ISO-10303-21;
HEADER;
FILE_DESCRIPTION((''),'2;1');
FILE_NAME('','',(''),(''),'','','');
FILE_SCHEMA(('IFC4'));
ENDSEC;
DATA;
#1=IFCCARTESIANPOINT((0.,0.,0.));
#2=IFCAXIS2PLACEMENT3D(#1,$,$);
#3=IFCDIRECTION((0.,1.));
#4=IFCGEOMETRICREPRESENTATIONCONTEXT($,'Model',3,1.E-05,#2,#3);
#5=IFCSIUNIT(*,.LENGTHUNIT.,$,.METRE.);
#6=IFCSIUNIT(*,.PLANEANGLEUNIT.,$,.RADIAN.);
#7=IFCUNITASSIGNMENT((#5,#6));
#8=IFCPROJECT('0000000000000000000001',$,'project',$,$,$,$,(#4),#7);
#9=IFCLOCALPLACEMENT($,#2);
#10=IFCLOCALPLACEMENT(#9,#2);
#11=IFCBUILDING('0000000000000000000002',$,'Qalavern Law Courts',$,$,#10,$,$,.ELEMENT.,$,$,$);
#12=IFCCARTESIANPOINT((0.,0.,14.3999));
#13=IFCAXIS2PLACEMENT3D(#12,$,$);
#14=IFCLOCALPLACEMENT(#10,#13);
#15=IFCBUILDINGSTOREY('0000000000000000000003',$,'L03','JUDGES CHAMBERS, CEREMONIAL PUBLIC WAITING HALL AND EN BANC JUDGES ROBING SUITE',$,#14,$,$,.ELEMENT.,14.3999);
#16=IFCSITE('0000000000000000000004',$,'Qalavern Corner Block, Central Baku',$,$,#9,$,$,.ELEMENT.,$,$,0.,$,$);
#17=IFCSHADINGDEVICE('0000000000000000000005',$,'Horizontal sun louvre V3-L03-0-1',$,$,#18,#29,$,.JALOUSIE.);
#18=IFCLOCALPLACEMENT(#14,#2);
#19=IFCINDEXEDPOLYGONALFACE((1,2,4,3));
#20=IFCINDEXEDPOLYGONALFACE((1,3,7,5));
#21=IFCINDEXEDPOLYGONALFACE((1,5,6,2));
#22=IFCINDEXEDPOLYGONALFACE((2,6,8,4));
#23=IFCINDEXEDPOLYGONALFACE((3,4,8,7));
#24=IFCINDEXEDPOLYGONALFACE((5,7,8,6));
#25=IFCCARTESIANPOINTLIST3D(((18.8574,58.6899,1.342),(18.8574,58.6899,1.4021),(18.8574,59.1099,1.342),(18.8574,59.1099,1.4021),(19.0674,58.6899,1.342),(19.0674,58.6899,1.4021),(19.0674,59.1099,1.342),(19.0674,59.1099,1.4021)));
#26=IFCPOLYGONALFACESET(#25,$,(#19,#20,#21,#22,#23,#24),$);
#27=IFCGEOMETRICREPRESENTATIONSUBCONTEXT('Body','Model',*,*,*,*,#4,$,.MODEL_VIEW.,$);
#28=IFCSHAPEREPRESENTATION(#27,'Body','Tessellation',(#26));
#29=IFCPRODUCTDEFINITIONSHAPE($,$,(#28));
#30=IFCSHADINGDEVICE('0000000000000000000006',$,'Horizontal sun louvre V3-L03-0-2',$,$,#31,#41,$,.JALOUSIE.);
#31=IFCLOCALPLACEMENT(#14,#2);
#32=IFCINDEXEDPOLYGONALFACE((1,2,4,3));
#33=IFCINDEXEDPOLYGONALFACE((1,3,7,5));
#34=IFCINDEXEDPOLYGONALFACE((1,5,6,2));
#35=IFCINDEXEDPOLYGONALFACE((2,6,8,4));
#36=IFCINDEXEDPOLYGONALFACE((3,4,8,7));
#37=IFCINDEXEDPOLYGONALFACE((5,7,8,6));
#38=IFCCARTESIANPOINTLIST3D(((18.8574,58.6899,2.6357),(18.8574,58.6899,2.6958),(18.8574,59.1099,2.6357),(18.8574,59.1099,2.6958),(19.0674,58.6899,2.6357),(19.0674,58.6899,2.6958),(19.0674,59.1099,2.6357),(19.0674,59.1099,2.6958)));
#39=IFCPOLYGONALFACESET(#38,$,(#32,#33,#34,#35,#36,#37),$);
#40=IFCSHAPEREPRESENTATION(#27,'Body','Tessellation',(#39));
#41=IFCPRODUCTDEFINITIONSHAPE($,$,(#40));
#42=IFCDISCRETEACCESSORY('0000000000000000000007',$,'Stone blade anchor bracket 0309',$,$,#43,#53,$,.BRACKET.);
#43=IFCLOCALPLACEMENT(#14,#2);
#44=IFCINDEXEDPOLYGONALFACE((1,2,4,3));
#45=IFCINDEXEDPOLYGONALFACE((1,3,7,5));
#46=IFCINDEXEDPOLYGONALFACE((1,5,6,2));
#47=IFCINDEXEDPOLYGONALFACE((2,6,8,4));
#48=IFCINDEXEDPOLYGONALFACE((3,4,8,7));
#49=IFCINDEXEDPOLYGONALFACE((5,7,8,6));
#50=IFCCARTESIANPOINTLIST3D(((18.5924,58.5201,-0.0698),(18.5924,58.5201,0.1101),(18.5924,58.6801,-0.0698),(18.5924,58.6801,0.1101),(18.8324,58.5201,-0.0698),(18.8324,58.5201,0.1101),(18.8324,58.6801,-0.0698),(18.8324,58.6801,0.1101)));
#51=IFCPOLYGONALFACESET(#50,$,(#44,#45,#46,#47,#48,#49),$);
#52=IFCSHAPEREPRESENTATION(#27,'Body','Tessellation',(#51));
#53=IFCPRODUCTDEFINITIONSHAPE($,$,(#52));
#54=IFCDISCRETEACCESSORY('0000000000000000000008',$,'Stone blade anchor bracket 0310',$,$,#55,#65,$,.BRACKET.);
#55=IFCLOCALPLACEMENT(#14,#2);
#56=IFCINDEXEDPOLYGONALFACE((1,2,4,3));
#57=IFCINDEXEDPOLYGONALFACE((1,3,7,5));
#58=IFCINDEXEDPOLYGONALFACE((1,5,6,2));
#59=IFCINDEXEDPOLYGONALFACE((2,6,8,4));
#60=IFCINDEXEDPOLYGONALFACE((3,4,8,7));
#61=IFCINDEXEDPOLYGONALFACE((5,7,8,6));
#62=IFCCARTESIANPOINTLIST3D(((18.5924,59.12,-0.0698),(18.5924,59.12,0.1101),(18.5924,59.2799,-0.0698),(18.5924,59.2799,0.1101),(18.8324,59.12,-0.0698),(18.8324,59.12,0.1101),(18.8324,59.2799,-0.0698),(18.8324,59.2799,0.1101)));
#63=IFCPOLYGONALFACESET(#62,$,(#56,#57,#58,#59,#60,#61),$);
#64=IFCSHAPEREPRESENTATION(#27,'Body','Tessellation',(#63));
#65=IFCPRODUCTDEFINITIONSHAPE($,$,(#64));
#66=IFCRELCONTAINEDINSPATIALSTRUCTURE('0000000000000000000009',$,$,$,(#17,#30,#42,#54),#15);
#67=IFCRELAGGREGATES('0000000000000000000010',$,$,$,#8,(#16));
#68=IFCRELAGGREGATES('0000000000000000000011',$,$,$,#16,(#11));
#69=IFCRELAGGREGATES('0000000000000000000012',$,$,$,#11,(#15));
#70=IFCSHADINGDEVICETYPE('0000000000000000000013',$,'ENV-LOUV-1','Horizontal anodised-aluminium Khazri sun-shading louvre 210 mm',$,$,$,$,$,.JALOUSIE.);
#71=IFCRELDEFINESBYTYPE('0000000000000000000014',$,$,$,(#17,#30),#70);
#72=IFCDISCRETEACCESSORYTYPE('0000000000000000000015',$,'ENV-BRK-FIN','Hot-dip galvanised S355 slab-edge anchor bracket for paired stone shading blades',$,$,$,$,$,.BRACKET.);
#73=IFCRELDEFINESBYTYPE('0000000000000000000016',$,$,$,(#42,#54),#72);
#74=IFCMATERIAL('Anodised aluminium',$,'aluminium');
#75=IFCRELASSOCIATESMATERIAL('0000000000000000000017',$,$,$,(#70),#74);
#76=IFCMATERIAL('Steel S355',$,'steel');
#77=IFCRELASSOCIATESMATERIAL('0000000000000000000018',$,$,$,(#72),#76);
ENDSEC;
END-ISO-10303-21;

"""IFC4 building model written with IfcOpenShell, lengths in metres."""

from ifc_helpers import new_model, si_unit, direction, frame, origin, origin_2d, place, context, subcontext, project, spatial, rectangle, extrude, material, type_object, element, save


model = new_model("IFC4")

# Units and contexts
model_context = context("Model", 3, precision=1e-05, world=origin(), true_north=direction((0.0, 1.0)))
body_context = subcontext(model_context, "Body", "Model", "MODEL_VIEW")
ifc_project = project(units=[si_unit("LENGTHUNIT", "METRE"), si_unit("PLANEANGLEUNIT", "RADIAN")], contexts=[model_context])

# Site, building, storey
site_placement = place(None, origin())
site = spatial("IfcSite", under=ifc_project, at=site_placement, Name="Qalavern Corner Block, Central Baku", CompositionType="ELEMENT", RefElevation=0.0)
building_placement = place(site_placement, origin())
building = spatial("IfcBuilding", under=site, at=building_placement, Name="Qalavern Law Courts", CompositionType="ELEMENT")
storey_placement = place(building_placement, frame((0.0, 0.0, 14.3999)))
storey = spatial("IfcBuildingStorey", under=building, at=storey_placement, Name="L03", Description="JUDGES CHAMBERS, CEREMONIAL PUBLIC WAITING HALL AND EN BANC JUDGES ROBING SUITE", CompositionType="ELEMENT", Elevation=14.3999)

# Shared definitions
ifc_material_1 = material(Name="Anodised aluminium", Category="aluminium")

# Shared definitions
ifc_material_2 = material(Name="Steel S355", Category="steel")

# Shading devices
shading_device_type = type_object("IfcShadingDeviceType", Name="ENV-LOUV-1", Description="Horizontal anodised-aluminium Khazri sun-shading louvre 210 mm", PredefinedType="JALOUSIE", material=ifc_material_1)
for number, where, z_axis, x_axis, name in (
    (1, (18.9624, 58.8999, 1.342), (0.0, 0.0, 1.0), (0.0, 1.0, 0.0), "Horizontal sun louvre V3-L03-0-1"),
    (2, (18.9624, 58.8999, 2.6357), (0.0, 0.0, 1.0), (0.0, 1.0, 0.0), "Horizontal sun louvre V3-L03-0-2"),
):
    element("IfcShadingDevice", number, at=place(storey_placement, frame(where, z_axis=z_axis, x_axis=x_axis)), inside=storey, type_object=shading_device_type, Name=name, PredefinedType="JALOUSIE", context=body_context, shape_type="SweptSolid", body=[
        extrude(rectangle(XDim=0.4199, YDim=0.21, at=origin_2d()), origin(), (0.0, 0.0, 1.0), 0.0601),
    ])

# Discrete accessories
discrete_accessory_type = type_object("IfcDiscreteAccessoryType", Name="ENV-BRK-FIN", Description="Hot-dip galvanised S355 slab-edge anchor bracket for paired stone shading blades", PredefinedType="BRACKET", material=ifc_material_2)
for number, where, z_axis, x_axis, name in (
    (3, (18.7124, 58.6001, -0.0698), (0.0, 0.0, 1.0), (1.0, 0.0, 0.0), "Stone blade anchor bracket 0309"),
    (4, (18.7124, 59.2, -0.0698), (0.0, 0.0, 1.0), (1.0, 0.0, 0.0), "Stone blade anchor bracket 0310"),
):
    element("IfcDiscreteAccessory", number, at=place(storey_placement, frame(where, z_axis=z_axis, x_axis=x_axis)), inside=storey, type_object=discrete_accessory_type, Name=name, PredefinedType="BRACKET", context=body_context, shape_type="SweptSolid", body=[
        extrude(rectangle(XDim=0.24, YDim=0.1599, at=origin_2d()), origin(), (0.0, 0.0, 1.0), 0.1799),
    ])

save(model, "model.ifc")
